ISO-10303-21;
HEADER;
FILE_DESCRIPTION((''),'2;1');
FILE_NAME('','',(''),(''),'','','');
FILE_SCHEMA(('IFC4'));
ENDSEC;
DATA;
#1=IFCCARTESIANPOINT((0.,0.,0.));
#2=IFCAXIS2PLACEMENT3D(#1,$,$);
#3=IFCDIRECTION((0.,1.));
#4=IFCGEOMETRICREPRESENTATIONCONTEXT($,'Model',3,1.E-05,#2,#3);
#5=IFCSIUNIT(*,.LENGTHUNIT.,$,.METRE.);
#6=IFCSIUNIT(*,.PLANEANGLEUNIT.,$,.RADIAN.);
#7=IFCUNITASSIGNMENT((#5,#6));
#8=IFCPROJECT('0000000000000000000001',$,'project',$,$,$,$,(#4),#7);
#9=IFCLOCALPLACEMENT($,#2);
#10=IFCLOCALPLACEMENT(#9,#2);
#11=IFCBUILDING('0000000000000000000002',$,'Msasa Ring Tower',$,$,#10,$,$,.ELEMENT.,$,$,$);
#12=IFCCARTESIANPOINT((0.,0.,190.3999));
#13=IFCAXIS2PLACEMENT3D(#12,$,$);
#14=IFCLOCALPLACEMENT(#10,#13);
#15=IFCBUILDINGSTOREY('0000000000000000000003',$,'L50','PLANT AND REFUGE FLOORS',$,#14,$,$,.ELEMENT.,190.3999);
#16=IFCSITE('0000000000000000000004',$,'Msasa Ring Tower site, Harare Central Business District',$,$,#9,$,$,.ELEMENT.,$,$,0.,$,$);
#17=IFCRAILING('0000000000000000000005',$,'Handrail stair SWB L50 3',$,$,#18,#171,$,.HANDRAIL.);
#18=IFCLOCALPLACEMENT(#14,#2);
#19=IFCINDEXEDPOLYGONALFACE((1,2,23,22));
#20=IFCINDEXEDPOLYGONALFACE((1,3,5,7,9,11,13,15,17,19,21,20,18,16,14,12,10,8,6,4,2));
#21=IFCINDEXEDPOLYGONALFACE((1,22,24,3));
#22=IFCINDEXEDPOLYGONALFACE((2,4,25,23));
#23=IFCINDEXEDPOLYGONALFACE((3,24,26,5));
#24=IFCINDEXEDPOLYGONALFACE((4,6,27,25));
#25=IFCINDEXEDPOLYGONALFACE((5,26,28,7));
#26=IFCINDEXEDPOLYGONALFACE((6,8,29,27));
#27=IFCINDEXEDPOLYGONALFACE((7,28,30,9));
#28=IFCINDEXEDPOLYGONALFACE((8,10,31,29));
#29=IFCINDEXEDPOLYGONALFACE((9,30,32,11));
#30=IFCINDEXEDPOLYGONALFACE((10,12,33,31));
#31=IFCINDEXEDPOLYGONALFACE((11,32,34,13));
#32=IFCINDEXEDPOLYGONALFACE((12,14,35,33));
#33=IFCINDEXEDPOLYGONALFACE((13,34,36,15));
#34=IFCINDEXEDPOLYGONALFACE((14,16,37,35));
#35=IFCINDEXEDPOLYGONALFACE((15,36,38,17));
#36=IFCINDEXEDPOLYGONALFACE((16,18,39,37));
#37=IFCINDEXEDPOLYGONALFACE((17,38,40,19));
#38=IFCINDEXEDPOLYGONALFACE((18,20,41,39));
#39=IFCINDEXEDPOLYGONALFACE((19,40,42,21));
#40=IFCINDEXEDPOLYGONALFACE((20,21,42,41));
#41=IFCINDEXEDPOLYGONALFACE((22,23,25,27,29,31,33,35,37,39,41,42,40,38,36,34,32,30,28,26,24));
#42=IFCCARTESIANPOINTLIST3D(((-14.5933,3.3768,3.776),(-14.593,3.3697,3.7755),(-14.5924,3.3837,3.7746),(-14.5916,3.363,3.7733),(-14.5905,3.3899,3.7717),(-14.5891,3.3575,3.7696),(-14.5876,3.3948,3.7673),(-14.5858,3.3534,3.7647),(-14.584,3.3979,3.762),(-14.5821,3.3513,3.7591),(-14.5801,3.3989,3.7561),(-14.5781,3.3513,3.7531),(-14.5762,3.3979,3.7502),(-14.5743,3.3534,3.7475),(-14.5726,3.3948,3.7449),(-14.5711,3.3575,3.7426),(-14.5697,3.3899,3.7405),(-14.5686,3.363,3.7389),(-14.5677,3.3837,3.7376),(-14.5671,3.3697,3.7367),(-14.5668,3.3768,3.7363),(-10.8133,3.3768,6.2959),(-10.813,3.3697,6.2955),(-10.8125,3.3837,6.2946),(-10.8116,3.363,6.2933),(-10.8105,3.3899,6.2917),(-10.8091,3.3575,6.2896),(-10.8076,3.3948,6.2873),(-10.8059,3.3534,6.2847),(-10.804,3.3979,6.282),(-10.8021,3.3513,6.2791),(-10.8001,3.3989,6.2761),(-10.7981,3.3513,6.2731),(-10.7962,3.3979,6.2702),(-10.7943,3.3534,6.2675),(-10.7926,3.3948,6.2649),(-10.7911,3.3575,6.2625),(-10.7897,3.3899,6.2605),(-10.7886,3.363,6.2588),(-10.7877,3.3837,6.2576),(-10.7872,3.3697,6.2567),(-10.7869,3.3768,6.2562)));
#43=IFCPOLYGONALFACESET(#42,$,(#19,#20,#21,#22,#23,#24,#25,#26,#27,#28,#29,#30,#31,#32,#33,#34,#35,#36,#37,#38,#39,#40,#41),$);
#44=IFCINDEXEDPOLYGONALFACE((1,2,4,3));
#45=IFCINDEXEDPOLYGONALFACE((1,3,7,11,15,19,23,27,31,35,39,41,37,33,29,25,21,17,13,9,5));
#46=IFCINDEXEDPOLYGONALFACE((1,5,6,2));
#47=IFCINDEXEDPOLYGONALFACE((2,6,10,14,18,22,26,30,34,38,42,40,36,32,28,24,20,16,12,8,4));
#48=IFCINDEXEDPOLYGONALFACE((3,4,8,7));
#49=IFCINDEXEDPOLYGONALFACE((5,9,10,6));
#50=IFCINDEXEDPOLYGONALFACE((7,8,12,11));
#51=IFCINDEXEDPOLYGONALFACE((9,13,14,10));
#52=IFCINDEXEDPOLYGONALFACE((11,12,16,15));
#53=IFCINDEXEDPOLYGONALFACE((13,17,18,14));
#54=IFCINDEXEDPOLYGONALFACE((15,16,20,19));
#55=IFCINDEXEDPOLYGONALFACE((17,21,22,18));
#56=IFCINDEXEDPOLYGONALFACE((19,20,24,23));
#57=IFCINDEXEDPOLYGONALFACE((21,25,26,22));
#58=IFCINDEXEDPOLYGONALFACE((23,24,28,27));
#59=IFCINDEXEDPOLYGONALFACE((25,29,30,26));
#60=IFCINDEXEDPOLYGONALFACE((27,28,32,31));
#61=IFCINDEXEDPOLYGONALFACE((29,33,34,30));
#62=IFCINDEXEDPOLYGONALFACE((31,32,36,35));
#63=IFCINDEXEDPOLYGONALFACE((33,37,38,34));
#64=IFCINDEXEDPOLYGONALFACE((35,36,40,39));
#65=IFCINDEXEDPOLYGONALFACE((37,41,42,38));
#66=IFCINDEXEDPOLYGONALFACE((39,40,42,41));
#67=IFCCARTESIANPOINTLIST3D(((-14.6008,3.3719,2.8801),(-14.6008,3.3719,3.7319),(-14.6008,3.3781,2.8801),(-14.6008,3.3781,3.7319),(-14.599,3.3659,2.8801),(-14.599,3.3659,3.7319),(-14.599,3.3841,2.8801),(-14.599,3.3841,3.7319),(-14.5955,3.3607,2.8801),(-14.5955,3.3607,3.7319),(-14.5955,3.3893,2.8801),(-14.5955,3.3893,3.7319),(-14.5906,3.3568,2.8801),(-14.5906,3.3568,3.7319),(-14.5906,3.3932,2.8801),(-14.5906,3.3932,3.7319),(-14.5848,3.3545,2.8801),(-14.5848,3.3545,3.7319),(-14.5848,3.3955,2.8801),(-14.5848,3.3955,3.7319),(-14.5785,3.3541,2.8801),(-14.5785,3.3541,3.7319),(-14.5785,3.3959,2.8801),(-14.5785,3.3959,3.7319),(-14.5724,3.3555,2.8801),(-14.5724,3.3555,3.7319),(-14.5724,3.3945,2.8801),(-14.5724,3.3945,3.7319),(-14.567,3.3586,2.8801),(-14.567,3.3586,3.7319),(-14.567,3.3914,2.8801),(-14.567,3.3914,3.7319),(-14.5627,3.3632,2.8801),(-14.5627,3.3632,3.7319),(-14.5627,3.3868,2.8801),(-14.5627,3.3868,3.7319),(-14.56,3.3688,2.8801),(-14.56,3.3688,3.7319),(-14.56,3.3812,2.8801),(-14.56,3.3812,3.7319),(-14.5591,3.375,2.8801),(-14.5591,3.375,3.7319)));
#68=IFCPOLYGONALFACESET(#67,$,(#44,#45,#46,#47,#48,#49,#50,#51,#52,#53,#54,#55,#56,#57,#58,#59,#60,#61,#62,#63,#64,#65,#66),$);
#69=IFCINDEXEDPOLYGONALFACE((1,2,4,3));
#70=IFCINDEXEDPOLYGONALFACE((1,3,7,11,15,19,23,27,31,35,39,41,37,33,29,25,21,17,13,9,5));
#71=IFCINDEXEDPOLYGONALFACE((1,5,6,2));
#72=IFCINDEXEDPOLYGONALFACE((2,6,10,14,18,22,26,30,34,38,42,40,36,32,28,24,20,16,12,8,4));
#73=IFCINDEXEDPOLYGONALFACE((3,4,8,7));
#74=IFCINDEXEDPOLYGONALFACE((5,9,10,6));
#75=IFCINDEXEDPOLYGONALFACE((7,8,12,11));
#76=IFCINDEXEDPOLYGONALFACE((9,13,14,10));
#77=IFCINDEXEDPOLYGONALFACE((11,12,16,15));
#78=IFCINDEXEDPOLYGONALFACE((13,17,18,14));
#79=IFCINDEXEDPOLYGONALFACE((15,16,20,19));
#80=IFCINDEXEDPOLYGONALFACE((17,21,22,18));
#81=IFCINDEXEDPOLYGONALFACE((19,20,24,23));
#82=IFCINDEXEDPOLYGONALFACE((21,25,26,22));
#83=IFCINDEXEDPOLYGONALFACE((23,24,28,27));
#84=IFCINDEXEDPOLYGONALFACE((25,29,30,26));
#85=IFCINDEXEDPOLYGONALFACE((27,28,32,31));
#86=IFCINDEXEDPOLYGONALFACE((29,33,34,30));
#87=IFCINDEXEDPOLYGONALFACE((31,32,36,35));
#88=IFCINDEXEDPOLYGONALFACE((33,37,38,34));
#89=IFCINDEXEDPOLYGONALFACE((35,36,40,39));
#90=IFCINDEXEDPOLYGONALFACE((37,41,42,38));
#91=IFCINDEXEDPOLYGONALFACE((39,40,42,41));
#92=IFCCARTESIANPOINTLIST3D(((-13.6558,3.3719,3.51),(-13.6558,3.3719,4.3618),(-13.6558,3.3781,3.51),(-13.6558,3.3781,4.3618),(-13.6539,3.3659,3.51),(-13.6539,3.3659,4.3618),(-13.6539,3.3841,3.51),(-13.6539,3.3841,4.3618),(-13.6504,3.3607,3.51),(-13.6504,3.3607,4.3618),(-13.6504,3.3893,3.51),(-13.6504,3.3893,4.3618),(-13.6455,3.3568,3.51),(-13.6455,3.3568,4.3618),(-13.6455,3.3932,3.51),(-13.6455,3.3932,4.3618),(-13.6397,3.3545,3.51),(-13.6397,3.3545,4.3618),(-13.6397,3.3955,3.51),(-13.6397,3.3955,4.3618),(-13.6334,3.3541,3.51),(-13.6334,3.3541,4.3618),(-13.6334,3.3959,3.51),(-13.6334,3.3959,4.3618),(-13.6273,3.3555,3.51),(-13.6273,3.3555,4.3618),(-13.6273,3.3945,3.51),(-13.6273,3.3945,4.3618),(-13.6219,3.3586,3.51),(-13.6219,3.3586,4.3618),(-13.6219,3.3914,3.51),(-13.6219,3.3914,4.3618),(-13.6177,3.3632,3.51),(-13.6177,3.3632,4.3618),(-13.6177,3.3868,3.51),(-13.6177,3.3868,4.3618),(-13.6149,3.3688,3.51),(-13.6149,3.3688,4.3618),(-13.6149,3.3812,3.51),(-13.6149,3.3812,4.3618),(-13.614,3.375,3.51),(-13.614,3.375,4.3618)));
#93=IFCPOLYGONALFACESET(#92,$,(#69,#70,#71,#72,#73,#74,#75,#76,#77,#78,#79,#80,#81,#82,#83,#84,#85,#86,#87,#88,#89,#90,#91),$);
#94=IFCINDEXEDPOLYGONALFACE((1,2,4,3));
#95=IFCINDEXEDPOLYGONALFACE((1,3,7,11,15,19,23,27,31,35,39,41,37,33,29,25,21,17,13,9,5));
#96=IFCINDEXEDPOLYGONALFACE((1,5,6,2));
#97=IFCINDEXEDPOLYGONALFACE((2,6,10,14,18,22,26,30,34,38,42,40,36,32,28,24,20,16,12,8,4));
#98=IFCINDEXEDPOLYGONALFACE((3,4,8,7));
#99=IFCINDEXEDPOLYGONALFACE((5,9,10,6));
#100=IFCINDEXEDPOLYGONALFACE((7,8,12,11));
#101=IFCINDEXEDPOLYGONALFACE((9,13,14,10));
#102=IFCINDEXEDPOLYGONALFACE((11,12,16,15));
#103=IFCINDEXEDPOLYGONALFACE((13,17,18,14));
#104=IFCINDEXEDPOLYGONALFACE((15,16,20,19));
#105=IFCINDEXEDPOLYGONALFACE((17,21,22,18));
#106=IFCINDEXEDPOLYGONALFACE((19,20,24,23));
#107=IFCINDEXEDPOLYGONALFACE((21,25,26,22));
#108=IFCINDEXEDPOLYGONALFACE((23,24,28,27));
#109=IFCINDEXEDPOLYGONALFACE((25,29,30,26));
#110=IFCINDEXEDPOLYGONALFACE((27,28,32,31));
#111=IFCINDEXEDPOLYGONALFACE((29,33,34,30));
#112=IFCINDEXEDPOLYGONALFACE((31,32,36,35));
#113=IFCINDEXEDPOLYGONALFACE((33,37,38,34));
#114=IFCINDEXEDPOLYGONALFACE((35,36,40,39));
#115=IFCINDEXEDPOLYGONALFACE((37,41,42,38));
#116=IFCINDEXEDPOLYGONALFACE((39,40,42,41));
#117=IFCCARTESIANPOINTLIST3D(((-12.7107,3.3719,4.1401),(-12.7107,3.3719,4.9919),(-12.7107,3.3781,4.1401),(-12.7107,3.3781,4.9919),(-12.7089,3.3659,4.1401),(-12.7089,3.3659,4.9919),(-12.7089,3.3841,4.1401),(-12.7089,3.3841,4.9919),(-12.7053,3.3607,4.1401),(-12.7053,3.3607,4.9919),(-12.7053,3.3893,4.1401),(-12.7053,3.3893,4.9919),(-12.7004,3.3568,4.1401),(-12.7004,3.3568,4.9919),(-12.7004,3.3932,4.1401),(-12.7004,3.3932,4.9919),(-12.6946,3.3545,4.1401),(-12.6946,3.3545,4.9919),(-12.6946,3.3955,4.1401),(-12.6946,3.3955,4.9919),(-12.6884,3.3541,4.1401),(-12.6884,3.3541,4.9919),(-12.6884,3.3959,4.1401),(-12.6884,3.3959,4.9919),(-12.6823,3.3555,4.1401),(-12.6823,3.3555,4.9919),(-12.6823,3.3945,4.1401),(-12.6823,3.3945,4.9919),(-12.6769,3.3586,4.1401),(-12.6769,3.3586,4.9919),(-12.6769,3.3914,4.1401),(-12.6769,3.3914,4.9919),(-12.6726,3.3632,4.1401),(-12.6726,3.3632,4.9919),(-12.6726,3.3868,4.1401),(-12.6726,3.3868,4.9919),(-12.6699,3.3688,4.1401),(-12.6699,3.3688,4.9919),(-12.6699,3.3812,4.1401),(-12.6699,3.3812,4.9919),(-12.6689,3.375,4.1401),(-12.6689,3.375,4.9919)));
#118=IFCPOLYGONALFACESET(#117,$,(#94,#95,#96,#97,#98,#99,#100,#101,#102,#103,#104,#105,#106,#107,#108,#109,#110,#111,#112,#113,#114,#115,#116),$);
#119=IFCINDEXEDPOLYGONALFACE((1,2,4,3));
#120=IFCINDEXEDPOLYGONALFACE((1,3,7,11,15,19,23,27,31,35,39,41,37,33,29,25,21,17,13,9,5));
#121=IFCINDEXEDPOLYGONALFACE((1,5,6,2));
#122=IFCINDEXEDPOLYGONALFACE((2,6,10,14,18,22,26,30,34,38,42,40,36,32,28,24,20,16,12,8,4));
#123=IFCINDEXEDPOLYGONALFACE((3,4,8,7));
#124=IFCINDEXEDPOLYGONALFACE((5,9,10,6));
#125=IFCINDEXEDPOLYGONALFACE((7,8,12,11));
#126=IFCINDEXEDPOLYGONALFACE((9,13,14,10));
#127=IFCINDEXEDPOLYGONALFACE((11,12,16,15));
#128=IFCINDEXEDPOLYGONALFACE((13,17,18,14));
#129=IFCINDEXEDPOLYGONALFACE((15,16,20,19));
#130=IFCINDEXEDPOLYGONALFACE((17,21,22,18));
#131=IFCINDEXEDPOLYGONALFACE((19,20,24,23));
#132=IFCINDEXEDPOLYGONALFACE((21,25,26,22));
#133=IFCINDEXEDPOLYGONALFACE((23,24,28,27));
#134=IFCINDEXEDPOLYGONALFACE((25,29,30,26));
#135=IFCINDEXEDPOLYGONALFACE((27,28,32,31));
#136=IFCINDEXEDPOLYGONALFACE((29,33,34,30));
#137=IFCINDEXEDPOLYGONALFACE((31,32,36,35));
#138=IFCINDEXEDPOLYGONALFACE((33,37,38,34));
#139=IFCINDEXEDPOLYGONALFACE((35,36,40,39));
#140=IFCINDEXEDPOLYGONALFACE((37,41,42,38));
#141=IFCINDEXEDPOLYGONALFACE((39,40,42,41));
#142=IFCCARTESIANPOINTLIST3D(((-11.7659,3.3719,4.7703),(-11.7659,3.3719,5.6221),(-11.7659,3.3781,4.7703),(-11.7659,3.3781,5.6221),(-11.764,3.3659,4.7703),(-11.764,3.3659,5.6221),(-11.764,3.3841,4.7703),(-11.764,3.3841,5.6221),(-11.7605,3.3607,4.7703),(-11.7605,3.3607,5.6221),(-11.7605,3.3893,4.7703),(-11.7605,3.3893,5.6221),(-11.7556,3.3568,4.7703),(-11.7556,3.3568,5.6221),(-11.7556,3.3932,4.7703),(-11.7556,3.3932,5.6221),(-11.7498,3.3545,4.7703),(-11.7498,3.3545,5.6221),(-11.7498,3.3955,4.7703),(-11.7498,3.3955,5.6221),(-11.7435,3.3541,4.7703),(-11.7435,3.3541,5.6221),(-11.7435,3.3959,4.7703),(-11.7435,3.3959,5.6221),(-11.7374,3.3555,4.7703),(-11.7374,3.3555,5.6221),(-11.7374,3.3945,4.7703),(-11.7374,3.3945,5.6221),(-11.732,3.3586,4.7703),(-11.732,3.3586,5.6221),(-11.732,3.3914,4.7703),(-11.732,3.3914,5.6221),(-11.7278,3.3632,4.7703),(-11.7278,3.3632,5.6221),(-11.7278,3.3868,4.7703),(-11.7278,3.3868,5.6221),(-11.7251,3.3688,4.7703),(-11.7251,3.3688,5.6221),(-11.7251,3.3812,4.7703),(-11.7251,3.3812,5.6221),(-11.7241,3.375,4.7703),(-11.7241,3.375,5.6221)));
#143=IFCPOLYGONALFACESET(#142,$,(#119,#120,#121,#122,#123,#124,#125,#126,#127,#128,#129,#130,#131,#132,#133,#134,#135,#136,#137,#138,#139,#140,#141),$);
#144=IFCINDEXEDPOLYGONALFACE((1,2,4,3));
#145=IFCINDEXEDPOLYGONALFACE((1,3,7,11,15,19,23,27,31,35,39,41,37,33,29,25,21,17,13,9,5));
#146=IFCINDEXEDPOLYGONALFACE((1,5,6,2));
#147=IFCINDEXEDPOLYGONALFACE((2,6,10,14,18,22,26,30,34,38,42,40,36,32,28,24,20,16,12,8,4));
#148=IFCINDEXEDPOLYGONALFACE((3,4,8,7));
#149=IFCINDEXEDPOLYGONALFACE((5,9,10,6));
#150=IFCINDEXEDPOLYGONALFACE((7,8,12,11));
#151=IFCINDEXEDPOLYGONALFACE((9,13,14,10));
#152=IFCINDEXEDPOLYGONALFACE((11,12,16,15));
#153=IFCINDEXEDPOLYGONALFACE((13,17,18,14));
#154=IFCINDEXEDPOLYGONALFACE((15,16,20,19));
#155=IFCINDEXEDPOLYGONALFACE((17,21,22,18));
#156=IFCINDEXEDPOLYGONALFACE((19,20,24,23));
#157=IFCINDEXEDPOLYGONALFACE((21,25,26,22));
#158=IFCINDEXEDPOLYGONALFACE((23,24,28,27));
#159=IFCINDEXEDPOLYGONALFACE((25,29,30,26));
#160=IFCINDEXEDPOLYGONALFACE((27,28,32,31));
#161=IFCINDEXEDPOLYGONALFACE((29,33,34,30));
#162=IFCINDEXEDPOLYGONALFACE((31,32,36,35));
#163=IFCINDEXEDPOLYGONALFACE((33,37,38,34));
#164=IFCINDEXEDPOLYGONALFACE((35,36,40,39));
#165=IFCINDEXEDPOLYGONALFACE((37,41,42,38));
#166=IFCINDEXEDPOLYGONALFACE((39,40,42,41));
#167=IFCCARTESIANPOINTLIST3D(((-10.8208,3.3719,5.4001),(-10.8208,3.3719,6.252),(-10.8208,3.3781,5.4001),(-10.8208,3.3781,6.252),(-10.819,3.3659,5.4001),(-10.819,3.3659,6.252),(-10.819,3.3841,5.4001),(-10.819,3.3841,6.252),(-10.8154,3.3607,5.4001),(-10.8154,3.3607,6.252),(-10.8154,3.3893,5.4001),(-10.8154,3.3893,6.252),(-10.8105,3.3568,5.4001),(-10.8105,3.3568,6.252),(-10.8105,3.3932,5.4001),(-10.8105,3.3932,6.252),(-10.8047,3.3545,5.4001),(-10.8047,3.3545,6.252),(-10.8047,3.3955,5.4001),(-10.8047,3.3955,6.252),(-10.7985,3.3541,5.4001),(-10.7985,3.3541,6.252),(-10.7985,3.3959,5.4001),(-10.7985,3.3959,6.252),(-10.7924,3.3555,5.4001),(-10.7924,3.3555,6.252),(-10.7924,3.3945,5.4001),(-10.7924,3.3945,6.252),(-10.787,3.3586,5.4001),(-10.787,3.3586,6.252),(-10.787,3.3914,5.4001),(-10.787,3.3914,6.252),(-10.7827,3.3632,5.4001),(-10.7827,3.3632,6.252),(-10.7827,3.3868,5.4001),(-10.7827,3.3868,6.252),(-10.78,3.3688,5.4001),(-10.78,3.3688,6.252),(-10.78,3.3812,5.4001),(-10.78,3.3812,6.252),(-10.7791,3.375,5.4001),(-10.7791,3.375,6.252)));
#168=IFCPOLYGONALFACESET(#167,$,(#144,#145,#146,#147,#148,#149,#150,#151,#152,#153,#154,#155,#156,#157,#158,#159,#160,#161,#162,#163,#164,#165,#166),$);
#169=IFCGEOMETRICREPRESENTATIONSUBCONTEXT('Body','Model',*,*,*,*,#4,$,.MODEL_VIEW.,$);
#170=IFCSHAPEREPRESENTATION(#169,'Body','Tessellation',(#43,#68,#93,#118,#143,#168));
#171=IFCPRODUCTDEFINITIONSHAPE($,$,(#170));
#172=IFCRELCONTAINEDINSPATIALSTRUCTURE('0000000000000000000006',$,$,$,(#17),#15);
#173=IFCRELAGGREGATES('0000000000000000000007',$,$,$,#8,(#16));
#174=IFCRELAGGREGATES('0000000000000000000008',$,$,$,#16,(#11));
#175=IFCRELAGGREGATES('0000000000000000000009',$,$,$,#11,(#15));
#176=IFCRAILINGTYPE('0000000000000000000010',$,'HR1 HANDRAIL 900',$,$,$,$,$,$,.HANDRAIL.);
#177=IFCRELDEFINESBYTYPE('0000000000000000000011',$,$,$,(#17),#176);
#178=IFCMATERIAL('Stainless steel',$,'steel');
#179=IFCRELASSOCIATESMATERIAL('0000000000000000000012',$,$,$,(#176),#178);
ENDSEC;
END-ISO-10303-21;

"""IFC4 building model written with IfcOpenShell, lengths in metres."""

from ifc_helpers import new_model, si_unit, direction, frame, origin, origin_2d, place, context, subcontext, project, spatial, circle, extrude, material, type_object, element, save


model = new_model("IFC4")

# Units and contexts
model_context = context("Model", 3, precision=1e-05, world=origin(), true_north=direction((0.0, 1.0)))
body_context = subcontext(model_context, "Body", "Model", "MODEL_VIEW")
ifc_project = project(units=[si_unit("LENGTHUNIT", "METRE"), si_unit("PLANEANGLEUNIT", "RADIAN")], contexts=[model_context])

# Site, building, storey
site_placement = place(None, origin())
site = spatial("IfcSite", under=ifc_project, at=site_placement, Name="Msasa Ring Tower site, Harare Central Business District", CompositionType="ELEMENT", RefElevation=0.0)
building_placement = place(site_placement, origin())
building = spatial("IfcBuilding", under=site, at=building_placement, Name="Msasa Ring Tower", CompositionType="ELEMENT")
storey_placement = place(building_placement, frame((0.0, 0.0, 190.3999)))
storey = spatial("IfcBuildingStorey", under=building, at=storey_placement, Name="L50", Description="PLANT AND REFUGE FLOORS", CompositionType="ELEMENT", Elevation=190.3999)

# Railing
ifc_material_1 = material(Name="Stainless steel", Category="steel")
railing_type = type_object("IfcRailingType", Name="HR1 HANDRAIL 900", PredefinedType="HANDRAIL", material=ifc_material_1)
for number, where, name in (
    (1, (-14.5801, 3.375, 2.8801), "Handrail stair SWB L50 3"),
):
    element("IfcRailing", number, at=place(storey_placement, frame(where)), inside=storey, type_object=railing_type, Name=name, PredefinedType="HANDRAIL", context=body_context, shape_type="SweptSolid", body=[
        extrude(circle(Radius=0.0239, at=origin_2d()), frame((0.0, 0.0, 0.876), z_axis=(0.83205, 0.0, 0.5547), x_axis=(0.0, 1.0, 0.0)), (0.0, 0.0, 1.0), 4.543),
        extrude(circle(Radius=0.021, at=origin_2d()), origin(), (0.0, 0.0, 1.0), 0.8518),
        extrude(circle(Radius=0.021, at=origin_2d()), frame((0.9451, 0.0, 0.6299)), (0.0, 0.0, 1.0), 0.8518),
        extrude(circle(Radius=0.021, at=origin_2d()), frame((1.8901, 0.0, 1.26)), (0.0, 0.0, 1.0), 0.8518),
        extrude(circle(Radius=0.021, at=origin_2d()), frame((2.835, 0.0, 1.8901)), (0.0, 0.0, 1.0), 0.8518),
        extrude(circle(Radius=0.021, at=origin_2d()), frame((3.78, 0.0, 2.52)), (0.0, 0.0, 1.0), 0.8518),
    ])

save(model, "model.ifc")
